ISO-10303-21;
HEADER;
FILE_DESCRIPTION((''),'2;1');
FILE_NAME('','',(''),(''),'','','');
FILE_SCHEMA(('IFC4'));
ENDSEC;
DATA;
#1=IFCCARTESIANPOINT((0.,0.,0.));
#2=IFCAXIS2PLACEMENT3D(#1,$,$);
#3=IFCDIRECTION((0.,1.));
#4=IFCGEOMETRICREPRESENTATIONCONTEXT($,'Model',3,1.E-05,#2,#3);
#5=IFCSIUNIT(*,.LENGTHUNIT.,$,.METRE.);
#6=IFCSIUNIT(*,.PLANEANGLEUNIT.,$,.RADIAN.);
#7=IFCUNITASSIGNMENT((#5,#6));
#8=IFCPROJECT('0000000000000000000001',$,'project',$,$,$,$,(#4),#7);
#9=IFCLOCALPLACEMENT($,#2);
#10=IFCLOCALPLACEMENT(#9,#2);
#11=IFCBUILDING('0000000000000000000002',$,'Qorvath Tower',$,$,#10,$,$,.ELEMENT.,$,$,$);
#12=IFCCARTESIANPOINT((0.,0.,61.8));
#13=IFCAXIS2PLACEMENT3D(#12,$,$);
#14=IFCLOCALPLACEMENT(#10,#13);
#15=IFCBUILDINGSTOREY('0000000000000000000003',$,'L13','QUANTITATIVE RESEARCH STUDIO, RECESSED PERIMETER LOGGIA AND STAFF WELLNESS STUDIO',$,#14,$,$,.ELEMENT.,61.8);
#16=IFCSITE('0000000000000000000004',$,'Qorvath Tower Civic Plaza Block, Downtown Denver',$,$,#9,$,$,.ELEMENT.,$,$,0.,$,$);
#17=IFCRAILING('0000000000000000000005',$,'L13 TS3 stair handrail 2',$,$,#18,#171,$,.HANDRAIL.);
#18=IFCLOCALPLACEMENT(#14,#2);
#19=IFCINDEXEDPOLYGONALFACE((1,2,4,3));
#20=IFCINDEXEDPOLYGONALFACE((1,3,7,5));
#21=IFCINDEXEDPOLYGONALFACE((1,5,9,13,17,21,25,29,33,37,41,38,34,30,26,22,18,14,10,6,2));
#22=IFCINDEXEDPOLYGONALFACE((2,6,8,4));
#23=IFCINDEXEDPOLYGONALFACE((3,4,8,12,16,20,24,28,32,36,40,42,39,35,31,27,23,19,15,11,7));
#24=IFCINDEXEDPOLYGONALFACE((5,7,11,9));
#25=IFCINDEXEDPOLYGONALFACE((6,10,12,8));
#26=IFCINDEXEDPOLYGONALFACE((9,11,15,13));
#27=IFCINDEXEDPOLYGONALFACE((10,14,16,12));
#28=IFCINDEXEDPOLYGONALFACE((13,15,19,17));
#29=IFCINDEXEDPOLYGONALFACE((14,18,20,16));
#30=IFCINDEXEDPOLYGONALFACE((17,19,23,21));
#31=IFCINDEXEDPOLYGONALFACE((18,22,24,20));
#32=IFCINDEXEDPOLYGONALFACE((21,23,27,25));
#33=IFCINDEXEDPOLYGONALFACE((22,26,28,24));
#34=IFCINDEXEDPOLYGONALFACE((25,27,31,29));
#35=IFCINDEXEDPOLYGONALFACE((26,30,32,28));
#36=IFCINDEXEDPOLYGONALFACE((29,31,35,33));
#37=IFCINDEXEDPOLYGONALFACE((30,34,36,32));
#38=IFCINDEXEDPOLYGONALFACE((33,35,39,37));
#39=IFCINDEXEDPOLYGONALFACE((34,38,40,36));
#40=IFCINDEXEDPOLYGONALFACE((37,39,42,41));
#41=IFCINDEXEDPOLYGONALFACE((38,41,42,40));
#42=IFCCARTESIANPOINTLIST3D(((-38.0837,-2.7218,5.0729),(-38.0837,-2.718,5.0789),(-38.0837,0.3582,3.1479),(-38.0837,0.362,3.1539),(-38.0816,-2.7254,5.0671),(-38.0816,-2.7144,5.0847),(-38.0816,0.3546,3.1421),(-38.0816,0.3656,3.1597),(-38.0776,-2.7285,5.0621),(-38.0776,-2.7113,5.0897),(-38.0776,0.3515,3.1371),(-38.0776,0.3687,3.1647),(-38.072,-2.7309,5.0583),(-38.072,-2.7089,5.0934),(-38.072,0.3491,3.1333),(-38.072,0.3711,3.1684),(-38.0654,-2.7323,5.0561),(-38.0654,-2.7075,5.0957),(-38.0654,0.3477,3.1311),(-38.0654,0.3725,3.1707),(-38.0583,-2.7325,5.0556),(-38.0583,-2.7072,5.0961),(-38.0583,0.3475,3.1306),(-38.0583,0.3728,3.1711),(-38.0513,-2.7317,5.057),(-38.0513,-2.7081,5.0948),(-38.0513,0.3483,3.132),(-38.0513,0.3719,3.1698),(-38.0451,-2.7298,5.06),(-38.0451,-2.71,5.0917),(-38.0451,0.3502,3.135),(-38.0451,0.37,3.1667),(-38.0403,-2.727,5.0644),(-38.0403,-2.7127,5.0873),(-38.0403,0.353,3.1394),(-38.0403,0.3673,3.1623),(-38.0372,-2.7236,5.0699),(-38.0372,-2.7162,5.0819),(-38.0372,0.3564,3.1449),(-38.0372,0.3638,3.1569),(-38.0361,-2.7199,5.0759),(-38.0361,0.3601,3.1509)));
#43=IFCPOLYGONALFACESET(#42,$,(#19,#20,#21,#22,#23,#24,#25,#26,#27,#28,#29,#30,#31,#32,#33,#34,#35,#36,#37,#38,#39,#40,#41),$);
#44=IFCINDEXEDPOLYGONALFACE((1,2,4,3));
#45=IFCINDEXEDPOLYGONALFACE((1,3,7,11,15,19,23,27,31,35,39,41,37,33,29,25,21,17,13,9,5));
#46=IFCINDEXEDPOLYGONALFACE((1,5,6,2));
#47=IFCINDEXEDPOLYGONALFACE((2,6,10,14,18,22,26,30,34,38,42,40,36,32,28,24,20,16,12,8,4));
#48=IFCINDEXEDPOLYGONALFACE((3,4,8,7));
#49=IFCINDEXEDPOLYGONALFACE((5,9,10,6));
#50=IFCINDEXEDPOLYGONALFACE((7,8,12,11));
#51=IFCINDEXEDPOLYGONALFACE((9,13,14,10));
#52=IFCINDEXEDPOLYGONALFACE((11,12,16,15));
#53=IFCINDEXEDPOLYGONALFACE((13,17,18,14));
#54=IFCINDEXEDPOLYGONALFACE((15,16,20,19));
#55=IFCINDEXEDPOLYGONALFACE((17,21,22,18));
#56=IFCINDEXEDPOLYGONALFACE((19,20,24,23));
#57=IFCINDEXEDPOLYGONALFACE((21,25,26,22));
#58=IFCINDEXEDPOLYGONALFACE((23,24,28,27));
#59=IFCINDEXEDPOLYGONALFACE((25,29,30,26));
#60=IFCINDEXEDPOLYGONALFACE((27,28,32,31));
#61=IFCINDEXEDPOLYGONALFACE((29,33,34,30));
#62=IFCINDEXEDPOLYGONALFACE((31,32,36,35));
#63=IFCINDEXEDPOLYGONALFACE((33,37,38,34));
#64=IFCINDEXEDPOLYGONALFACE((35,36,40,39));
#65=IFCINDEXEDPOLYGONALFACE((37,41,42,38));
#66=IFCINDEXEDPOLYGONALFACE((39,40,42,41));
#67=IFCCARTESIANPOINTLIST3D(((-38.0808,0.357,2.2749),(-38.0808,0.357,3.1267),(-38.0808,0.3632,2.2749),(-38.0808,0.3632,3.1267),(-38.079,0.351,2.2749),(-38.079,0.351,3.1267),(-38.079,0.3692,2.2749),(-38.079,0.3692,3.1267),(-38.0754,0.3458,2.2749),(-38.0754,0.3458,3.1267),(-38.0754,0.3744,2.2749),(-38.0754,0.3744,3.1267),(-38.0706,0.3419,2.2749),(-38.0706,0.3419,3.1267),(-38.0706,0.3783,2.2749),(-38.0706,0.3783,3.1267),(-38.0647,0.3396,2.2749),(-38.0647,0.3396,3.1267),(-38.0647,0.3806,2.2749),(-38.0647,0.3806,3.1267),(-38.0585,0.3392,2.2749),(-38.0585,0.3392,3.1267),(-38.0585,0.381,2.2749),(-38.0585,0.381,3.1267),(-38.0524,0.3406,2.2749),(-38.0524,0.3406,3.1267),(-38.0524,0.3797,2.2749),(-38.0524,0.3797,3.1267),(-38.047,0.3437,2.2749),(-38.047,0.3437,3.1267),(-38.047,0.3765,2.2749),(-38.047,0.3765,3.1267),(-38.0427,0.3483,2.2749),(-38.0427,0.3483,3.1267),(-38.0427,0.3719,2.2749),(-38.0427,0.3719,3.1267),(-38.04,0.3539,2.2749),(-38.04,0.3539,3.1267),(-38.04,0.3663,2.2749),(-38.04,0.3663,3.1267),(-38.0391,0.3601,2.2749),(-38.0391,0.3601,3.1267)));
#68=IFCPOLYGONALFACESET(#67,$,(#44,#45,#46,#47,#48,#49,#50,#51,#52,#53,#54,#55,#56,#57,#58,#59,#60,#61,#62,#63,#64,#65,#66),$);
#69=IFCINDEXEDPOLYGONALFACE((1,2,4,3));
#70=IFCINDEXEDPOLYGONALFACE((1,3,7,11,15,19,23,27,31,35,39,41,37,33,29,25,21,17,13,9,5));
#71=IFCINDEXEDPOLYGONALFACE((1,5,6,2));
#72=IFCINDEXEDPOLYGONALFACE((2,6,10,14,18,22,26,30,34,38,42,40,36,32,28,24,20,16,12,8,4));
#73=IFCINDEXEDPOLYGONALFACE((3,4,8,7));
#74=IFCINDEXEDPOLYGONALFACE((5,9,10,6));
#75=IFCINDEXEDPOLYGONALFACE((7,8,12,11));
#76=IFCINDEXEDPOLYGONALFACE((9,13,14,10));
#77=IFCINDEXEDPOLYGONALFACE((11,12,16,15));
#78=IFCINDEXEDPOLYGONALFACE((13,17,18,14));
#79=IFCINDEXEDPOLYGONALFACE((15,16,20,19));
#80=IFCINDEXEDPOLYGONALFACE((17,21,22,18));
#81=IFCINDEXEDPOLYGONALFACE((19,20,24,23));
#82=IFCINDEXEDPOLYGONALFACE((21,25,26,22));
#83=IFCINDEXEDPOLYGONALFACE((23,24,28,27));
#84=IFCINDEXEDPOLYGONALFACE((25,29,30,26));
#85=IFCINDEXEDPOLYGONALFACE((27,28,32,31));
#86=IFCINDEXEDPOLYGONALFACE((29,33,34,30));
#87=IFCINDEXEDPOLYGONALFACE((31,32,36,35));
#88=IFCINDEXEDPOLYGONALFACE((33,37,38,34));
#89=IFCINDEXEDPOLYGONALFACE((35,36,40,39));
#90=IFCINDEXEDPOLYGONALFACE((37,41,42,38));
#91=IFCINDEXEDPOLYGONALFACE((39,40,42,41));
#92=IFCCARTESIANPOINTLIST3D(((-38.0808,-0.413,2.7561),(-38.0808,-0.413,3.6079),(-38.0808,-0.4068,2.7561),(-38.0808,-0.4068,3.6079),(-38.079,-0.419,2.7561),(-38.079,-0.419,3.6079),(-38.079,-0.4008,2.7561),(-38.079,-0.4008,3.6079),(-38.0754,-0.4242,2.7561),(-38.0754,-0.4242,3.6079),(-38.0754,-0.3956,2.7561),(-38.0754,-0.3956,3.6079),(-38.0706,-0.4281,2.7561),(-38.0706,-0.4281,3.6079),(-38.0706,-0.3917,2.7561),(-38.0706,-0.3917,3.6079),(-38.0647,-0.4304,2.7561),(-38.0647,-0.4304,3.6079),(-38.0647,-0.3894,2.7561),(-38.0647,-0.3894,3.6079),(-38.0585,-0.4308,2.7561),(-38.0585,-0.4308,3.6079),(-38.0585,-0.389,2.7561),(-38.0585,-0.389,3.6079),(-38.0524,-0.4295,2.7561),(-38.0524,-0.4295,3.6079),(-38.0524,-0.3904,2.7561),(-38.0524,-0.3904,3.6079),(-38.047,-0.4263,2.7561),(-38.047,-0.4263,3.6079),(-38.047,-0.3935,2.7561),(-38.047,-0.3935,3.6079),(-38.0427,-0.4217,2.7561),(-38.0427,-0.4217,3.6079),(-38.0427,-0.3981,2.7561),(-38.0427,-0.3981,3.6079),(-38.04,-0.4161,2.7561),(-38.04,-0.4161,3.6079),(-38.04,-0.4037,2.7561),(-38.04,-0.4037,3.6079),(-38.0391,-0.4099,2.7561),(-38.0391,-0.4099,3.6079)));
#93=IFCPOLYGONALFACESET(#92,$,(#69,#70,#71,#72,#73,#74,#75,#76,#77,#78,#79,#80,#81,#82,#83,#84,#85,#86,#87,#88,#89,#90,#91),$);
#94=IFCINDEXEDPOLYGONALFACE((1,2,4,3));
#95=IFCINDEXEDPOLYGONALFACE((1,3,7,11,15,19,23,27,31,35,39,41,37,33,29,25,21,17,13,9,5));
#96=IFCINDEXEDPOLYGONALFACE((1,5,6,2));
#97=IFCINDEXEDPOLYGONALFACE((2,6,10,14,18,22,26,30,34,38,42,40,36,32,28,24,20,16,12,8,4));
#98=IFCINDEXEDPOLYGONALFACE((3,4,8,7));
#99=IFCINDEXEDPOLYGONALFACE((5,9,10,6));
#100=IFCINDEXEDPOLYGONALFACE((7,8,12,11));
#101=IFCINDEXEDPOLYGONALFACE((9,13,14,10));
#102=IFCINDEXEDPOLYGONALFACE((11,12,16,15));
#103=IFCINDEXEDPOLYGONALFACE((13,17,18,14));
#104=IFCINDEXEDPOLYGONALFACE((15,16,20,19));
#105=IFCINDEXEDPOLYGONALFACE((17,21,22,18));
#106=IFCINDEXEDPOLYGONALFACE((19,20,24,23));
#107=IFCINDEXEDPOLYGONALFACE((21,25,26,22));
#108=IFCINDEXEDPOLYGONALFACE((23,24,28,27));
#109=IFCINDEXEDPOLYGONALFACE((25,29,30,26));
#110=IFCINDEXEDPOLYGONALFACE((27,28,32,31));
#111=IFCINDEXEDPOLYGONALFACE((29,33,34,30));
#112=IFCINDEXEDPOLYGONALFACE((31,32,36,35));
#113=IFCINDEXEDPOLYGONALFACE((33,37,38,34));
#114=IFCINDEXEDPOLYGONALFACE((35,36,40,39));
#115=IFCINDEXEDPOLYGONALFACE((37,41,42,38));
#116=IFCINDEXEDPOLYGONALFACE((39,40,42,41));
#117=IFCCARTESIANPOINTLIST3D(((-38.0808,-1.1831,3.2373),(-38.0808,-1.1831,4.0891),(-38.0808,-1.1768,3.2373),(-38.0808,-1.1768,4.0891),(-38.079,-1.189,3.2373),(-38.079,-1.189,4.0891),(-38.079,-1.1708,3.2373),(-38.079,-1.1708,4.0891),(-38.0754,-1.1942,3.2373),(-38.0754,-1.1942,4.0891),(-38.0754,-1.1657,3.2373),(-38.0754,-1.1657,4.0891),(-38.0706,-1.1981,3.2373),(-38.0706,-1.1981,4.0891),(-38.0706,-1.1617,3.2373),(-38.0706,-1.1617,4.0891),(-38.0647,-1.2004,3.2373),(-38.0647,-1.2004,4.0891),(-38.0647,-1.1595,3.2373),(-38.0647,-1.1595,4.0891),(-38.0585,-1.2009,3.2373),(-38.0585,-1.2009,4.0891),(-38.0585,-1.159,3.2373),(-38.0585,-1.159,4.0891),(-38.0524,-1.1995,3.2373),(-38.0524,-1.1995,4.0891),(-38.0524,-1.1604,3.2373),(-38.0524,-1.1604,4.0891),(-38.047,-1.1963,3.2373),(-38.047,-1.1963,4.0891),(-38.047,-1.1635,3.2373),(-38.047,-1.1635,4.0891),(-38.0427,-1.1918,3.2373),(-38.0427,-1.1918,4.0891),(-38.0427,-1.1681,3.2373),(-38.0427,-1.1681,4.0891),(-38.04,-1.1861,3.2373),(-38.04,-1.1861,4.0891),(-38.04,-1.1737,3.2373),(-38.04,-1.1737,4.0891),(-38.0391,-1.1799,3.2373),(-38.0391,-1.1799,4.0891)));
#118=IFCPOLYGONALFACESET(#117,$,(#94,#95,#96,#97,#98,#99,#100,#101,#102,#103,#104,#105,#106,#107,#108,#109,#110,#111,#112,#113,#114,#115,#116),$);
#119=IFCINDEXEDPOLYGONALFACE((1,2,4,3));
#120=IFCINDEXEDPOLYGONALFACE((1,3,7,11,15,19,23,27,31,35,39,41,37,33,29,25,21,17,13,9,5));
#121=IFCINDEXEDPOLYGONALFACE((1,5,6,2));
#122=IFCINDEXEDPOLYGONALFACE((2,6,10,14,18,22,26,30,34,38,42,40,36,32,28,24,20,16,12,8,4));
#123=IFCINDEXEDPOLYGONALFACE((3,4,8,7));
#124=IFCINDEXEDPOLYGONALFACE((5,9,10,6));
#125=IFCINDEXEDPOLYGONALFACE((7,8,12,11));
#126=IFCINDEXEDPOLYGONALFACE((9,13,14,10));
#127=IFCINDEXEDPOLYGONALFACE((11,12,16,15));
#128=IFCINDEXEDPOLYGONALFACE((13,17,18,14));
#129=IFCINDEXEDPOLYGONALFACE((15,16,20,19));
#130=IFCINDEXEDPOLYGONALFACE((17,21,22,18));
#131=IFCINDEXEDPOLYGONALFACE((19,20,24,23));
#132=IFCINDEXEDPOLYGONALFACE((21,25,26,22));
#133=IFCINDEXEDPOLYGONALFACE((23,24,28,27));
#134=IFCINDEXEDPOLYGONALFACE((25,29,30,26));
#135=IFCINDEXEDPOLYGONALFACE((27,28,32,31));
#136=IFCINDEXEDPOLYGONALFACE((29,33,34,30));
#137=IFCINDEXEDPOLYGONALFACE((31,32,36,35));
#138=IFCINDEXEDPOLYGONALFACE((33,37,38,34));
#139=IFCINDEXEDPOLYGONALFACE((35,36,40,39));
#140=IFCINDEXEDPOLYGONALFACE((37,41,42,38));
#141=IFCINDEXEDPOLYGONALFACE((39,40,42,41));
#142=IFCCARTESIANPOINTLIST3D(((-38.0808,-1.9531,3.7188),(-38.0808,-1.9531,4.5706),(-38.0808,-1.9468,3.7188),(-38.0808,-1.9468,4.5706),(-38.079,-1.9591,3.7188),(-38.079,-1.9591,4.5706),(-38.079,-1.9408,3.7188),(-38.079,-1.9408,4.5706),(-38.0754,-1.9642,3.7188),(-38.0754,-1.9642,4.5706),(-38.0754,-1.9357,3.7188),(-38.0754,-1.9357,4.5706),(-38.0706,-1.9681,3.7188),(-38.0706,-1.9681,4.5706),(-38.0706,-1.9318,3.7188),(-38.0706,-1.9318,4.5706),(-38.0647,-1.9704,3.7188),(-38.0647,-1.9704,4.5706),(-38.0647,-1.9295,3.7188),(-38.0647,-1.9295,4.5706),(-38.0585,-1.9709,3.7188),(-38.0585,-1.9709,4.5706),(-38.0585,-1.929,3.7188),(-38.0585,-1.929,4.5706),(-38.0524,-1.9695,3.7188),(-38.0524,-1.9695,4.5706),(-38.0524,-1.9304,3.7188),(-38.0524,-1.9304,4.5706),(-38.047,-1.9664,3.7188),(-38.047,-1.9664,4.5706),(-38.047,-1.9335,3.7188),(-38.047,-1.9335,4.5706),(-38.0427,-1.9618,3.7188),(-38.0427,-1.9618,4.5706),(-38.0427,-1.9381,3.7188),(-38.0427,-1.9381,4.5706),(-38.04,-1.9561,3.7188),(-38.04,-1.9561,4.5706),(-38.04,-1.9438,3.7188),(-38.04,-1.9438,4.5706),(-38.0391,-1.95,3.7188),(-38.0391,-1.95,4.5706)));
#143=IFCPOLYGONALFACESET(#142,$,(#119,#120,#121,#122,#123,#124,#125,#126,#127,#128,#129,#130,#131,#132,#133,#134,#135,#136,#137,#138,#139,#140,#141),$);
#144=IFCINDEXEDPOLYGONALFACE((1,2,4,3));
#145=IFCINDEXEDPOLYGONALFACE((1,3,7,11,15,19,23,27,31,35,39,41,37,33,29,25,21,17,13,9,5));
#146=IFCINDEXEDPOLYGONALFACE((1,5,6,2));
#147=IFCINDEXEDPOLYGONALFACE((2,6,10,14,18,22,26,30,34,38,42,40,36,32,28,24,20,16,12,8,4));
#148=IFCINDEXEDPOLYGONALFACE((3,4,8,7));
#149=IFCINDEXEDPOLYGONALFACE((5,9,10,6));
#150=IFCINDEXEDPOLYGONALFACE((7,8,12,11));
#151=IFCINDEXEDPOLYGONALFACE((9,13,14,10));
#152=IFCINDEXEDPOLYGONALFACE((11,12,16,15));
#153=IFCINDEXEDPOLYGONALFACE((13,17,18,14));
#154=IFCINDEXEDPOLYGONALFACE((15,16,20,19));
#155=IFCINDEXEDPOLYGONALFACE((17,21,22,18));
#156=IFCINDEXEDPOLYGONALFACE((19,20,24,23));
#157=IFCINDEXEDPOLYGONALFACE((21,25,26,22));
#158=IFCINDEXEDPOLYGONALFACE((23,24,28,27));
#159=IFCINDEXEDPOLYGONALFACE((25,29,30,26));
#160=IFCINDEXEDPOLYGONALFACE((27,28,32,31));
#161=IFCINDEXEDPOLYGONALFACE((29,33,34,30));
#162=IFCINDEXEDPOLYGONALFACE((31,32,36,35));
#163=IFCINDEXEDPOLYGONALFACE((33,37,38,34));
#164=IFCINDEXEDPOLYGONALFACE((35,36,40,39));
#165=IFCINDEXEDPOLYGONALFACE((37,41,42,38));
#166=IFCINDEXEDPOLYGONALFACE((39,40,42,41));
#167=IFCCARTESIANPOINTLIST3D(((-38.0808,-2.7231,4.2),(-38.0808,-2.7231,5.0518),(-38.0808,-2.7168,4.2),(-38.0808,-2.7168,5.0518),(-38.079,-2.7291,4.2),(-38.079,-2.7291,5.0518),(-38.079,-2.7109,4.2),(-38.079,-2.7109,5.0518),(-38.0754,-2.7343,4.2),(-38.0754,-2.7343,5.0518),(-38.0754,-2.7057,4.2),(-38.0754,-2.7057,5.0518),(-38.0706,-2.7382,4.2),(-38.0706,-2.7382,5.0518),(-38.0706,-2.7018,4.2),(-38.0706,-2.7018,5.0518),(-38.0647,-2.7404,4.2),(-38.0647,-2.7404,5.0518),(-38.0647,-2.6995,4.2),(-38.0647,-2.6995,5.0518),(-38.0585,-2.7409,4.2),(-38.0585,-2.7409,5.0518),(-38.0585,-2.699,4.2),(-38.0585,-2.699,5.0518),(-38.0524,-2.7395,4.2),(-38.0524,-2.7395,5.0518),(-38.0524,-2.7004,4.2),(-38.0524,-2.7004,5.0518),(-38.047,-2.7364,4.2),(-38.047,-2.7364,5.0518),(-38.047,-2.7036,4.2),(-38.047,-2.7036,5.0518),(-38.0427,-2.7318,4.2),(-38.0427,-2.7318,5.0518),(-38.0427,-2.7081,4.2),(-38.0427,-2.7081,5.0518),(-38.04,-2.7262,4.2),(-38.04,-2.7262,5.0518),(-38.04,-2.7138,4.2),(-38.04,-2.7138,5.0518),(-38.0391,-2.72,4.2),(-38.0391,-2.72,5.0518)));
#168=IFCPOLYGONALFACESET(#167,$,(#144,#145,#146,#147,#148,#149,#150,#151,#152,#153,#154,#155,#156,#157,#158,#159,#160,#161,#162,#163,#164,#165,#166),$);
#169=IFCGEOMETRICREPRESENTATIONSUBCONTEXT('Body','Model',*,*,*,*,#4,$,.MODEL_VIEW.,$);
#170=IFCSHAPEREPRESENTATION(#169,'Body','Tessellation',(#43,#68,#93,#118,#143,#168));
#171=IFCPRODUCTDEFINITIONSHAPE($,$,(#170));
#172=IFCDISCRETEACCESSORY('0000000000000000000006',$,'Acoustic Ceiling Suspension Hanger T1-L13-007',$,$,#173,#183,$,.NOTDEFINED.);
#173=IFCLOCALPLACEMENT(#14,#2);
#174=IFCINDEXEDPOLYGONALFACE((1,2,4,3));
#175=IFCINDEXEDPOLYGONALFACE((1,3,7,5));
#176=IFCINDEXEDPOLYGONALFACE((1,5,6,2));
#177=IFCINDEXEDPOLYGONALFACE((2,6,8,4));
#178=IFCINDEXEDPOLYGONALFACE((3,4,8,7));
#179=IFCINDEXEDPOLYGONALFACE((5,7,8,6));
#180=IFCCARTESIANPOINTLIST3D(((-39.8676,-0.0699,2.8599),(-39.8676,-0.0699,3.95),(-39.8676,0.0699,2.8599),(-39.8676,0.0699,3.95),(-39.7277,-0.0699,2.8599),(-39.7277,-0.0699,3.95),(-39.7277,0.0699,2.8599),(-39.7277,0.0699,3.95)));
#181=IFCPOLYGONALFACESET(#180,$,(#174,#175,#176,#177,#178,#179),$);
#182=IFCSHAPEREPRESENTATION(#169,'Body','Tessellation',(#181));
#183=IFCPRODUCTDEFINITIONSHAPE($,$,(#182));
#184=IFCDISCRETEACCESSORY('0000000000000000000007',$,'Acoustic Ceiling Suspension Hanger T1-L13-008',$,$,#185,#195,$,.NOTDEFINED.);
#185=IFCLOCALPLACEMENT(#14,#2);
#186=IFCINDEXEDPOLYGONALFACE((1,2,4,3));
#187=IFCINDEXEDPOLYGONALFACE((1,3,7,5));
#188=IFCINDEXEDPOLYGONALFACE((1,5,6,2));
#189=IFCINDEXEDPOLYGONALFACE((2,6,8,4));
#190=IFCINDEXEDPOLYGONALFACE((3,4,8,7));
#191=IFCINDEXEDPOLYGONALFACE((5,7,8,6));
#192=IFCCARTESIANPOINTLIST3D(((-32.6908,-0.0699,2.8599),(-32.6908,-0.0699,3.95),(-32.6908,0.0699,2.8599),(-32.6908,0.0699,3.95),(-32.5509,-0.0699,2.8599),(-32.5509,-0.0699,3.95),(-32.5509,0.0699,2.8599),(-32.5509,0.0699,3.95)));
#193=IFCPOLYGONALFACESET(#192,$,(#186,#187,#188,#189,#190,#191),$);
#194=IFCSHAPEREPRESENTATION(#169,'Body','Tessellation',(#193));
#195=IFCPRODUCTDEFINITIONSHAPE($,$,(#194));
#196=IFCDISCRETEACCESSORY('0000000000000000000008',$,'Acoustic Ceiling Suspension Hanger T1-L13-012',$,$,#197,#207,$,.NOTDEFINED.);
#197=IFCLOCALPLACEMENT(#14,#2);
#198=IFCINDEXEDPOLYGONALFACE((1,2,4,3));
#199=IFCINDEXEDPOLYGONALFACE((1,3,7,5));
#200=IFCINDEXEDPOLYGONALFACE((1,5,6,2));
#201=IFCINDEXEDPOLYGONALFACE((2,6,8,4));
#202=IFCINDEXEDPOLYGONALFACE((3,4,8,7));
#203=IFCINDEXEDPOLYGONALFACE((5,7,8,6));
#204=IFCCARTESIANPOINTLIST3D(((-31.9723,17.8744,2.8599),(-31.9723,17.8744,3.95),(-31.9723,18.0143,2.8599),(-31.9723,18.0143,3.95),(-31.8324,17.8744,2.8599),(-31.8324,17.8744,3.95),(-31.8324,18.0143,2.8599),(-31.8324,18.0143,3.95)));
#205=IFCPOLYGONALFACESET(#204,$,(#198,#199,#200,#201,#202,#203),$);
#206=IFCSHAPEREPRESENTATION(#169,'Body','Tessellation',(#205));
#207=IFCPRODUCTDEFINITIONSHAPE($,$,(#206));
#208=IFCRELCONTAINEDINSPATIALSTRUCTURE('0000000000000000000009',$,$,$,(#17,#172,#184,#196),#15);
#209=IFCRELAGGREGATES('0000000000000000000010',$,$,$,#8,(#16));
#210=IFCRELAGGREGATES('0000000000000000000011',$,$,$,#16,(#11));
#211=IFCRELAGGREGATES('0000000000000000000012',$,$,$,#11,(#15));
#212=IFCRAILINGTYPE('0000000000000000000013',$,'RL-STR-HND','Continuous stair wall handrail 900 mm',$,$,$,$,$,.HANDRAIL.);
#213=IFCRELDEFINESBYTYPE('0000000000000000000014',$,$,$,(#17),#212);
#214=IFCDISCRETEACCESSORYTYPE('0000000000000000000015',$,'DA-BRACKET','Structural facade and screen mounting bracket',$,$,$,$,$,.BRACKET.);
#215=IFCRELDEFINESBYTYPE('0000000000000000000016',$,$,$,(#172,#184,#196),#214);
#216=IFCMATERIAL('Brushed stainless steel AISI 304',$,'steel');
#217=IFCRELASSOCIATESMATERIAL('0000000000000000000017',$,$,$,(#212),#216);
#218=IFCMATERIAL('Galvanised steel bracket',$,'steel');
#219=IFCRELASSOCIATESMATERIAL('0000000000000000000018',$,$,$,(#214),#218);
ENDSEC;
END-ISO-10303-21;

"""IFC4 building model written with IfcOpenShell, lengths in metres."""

from ifc_helpers import new_model, si_unit, direction, frame, origin, origin_2d, place, context, subcontext, project, spatial, rectangle, circle, extrude, material, type_object, element, save


model = new_model("IFC4")

# Units and contexts
model_context = context("Model", 3, precision=1e-05, world=origin(), true_north=direction((0.0, 1.0)))
body_context = subcontext(model_context, "Body", "Model", "MODEL_VIEW")
ifc_project = project(units=[si_unit("LENGTHUNIT", "METRE"), si_unit("PLANEANGLEUNIT", "RADIAN")], contexts=[model_context])

# Site, building, storey
site_placement = place(None, origin())
site = spatial("IfcSite", under=ifc_project, at=site_placement, Name="Qorvath Tower Civic Plaza Block, Downtown Denver", CompositionType="ELEMENT", RefElevation=0.0)
building_placement = place(site_placement, origin())
building = spatial("IfcBuilding", under=site, at=building_placement, Name="Qorvath Tower", CompositionType="ELEMENT")
storey_placement = place(building_placement, frame((0.0, 0.0, 61.8)))
storey = spatial("IfcBuildingStorey", under=building, at=storey_placement, Name="L13", Description="QUANTITATIVE RESEARCH STUDIO, RECESSED PERIMETER LOGGIA AND STAFF WELLNESS STUDIO", CompositionType="ELEMENT", Elevation=61.8)

# Railing
ifc_material_1 = material(Name="Brushed stainless steel AISI 304", Category="steel")
railing_type_1 = type_object("IfcRailingType", Name="RL-STR-HND", Description="Continuous stair wall handrail 900 mm", PredefinedType="HANDRAIL", material=ifc_material_1)
railing_1_placement = place(storey_placement, frame((-38.0601, 0.3601, 2.2749)))
element("IfcRailing", 1, at=railing_1_placement, inside=storey, type_object=railing_type_1, Name="L13 TS3 stair handrail 2", PredefinedType="HANDRAIL", context=body_context, shape_type="SweptSolid", body=[
    extrude(circle(Radius=0.0239, at=origin_2d()), frame((0.0, 0.0, 0.876), z_axis=(0.0, -0.847998, 0.529999), x_axis=(1.0, 0.0, 0.0)), (0.0, 0.0, 1.0), 3.6321),
    extrude(circle(Radius=0.021, at=origin_2d()), origin(), (0.0, 0.0, 1.0), 0.8518),
    extrude(circle(Radius=0.021, at=origin_2d()), frame((0.0, -0.77, 0.4812)), (0.0, 0.0, 1.0), 0.8518),
    extrude(circle(Radius=0.021, at=origin_2d()), frame((0.0, -1.54, 0.9624)), (0.0, 0.0, 1.0), 0.8518),
    extrude(circle(Radius=0.021, at=origin_2d()), frame((0.0, -2.3101, 1.4438)), (0.0, 0.0, 1.0), 0.8518),
    extrude(circle(Radius=0.021, at=origin_2d()), frame((0.0, -3.0801, 1.925)), (0.0, 0.0, 1.0), 0.8518),
])

# Discrete accessories
ifc_material_2 = material(Name="Galvanised steel bracket", Category="steel")
discrete_accessory_type = type_object("IfcDiscreteAccessoryType", Name="DA-BRACKET", Description="Structural facade and screen mounting bracket", PredefinedType="BRACKET", material=ifc_material_2)
for number, where, z_axis, x_axis, name in (
    (2, (-39.7976, 0.0, 2.8599), (0.0, 0.0, 1.0), (1.0, 0.0, 0.0), "Acoustic Ceiling Suspension Hanger T1-L13-007"),
    (3, (-32.6208, 0.0, 2.8599), (0.0, 0.0, 1.0), (1.0, 0.0, 0.0), "Acoustic Ceiling Suspension Hanger T1-L13-008"),
    (4, (-31.9023, 17.9443, 2.8599), (0.0, 0.0, 1.0), (1.0, 0.0, 0.0), "Acoustic Ceiling Suspension Hanger T1-L13-012"),
):
    element("IfcDiscreteAccessory", number, at=place(storey_placement, frame(where, z_axis=z_axis, x_axis=x_axis)), inside=storey, type_object=discrete_accessory_type, Name=name, PredefinedType="NOTDEFINED", context=body_context, shape_type="SweptSolid", body=[
        extrude(rectangle(XDim=0.1399, YDim=0.1399, at=origin_2d()), origin(), (0.0, 0.0, 1.0), 1.0901),
    ])

save(model, "model.ifc")
